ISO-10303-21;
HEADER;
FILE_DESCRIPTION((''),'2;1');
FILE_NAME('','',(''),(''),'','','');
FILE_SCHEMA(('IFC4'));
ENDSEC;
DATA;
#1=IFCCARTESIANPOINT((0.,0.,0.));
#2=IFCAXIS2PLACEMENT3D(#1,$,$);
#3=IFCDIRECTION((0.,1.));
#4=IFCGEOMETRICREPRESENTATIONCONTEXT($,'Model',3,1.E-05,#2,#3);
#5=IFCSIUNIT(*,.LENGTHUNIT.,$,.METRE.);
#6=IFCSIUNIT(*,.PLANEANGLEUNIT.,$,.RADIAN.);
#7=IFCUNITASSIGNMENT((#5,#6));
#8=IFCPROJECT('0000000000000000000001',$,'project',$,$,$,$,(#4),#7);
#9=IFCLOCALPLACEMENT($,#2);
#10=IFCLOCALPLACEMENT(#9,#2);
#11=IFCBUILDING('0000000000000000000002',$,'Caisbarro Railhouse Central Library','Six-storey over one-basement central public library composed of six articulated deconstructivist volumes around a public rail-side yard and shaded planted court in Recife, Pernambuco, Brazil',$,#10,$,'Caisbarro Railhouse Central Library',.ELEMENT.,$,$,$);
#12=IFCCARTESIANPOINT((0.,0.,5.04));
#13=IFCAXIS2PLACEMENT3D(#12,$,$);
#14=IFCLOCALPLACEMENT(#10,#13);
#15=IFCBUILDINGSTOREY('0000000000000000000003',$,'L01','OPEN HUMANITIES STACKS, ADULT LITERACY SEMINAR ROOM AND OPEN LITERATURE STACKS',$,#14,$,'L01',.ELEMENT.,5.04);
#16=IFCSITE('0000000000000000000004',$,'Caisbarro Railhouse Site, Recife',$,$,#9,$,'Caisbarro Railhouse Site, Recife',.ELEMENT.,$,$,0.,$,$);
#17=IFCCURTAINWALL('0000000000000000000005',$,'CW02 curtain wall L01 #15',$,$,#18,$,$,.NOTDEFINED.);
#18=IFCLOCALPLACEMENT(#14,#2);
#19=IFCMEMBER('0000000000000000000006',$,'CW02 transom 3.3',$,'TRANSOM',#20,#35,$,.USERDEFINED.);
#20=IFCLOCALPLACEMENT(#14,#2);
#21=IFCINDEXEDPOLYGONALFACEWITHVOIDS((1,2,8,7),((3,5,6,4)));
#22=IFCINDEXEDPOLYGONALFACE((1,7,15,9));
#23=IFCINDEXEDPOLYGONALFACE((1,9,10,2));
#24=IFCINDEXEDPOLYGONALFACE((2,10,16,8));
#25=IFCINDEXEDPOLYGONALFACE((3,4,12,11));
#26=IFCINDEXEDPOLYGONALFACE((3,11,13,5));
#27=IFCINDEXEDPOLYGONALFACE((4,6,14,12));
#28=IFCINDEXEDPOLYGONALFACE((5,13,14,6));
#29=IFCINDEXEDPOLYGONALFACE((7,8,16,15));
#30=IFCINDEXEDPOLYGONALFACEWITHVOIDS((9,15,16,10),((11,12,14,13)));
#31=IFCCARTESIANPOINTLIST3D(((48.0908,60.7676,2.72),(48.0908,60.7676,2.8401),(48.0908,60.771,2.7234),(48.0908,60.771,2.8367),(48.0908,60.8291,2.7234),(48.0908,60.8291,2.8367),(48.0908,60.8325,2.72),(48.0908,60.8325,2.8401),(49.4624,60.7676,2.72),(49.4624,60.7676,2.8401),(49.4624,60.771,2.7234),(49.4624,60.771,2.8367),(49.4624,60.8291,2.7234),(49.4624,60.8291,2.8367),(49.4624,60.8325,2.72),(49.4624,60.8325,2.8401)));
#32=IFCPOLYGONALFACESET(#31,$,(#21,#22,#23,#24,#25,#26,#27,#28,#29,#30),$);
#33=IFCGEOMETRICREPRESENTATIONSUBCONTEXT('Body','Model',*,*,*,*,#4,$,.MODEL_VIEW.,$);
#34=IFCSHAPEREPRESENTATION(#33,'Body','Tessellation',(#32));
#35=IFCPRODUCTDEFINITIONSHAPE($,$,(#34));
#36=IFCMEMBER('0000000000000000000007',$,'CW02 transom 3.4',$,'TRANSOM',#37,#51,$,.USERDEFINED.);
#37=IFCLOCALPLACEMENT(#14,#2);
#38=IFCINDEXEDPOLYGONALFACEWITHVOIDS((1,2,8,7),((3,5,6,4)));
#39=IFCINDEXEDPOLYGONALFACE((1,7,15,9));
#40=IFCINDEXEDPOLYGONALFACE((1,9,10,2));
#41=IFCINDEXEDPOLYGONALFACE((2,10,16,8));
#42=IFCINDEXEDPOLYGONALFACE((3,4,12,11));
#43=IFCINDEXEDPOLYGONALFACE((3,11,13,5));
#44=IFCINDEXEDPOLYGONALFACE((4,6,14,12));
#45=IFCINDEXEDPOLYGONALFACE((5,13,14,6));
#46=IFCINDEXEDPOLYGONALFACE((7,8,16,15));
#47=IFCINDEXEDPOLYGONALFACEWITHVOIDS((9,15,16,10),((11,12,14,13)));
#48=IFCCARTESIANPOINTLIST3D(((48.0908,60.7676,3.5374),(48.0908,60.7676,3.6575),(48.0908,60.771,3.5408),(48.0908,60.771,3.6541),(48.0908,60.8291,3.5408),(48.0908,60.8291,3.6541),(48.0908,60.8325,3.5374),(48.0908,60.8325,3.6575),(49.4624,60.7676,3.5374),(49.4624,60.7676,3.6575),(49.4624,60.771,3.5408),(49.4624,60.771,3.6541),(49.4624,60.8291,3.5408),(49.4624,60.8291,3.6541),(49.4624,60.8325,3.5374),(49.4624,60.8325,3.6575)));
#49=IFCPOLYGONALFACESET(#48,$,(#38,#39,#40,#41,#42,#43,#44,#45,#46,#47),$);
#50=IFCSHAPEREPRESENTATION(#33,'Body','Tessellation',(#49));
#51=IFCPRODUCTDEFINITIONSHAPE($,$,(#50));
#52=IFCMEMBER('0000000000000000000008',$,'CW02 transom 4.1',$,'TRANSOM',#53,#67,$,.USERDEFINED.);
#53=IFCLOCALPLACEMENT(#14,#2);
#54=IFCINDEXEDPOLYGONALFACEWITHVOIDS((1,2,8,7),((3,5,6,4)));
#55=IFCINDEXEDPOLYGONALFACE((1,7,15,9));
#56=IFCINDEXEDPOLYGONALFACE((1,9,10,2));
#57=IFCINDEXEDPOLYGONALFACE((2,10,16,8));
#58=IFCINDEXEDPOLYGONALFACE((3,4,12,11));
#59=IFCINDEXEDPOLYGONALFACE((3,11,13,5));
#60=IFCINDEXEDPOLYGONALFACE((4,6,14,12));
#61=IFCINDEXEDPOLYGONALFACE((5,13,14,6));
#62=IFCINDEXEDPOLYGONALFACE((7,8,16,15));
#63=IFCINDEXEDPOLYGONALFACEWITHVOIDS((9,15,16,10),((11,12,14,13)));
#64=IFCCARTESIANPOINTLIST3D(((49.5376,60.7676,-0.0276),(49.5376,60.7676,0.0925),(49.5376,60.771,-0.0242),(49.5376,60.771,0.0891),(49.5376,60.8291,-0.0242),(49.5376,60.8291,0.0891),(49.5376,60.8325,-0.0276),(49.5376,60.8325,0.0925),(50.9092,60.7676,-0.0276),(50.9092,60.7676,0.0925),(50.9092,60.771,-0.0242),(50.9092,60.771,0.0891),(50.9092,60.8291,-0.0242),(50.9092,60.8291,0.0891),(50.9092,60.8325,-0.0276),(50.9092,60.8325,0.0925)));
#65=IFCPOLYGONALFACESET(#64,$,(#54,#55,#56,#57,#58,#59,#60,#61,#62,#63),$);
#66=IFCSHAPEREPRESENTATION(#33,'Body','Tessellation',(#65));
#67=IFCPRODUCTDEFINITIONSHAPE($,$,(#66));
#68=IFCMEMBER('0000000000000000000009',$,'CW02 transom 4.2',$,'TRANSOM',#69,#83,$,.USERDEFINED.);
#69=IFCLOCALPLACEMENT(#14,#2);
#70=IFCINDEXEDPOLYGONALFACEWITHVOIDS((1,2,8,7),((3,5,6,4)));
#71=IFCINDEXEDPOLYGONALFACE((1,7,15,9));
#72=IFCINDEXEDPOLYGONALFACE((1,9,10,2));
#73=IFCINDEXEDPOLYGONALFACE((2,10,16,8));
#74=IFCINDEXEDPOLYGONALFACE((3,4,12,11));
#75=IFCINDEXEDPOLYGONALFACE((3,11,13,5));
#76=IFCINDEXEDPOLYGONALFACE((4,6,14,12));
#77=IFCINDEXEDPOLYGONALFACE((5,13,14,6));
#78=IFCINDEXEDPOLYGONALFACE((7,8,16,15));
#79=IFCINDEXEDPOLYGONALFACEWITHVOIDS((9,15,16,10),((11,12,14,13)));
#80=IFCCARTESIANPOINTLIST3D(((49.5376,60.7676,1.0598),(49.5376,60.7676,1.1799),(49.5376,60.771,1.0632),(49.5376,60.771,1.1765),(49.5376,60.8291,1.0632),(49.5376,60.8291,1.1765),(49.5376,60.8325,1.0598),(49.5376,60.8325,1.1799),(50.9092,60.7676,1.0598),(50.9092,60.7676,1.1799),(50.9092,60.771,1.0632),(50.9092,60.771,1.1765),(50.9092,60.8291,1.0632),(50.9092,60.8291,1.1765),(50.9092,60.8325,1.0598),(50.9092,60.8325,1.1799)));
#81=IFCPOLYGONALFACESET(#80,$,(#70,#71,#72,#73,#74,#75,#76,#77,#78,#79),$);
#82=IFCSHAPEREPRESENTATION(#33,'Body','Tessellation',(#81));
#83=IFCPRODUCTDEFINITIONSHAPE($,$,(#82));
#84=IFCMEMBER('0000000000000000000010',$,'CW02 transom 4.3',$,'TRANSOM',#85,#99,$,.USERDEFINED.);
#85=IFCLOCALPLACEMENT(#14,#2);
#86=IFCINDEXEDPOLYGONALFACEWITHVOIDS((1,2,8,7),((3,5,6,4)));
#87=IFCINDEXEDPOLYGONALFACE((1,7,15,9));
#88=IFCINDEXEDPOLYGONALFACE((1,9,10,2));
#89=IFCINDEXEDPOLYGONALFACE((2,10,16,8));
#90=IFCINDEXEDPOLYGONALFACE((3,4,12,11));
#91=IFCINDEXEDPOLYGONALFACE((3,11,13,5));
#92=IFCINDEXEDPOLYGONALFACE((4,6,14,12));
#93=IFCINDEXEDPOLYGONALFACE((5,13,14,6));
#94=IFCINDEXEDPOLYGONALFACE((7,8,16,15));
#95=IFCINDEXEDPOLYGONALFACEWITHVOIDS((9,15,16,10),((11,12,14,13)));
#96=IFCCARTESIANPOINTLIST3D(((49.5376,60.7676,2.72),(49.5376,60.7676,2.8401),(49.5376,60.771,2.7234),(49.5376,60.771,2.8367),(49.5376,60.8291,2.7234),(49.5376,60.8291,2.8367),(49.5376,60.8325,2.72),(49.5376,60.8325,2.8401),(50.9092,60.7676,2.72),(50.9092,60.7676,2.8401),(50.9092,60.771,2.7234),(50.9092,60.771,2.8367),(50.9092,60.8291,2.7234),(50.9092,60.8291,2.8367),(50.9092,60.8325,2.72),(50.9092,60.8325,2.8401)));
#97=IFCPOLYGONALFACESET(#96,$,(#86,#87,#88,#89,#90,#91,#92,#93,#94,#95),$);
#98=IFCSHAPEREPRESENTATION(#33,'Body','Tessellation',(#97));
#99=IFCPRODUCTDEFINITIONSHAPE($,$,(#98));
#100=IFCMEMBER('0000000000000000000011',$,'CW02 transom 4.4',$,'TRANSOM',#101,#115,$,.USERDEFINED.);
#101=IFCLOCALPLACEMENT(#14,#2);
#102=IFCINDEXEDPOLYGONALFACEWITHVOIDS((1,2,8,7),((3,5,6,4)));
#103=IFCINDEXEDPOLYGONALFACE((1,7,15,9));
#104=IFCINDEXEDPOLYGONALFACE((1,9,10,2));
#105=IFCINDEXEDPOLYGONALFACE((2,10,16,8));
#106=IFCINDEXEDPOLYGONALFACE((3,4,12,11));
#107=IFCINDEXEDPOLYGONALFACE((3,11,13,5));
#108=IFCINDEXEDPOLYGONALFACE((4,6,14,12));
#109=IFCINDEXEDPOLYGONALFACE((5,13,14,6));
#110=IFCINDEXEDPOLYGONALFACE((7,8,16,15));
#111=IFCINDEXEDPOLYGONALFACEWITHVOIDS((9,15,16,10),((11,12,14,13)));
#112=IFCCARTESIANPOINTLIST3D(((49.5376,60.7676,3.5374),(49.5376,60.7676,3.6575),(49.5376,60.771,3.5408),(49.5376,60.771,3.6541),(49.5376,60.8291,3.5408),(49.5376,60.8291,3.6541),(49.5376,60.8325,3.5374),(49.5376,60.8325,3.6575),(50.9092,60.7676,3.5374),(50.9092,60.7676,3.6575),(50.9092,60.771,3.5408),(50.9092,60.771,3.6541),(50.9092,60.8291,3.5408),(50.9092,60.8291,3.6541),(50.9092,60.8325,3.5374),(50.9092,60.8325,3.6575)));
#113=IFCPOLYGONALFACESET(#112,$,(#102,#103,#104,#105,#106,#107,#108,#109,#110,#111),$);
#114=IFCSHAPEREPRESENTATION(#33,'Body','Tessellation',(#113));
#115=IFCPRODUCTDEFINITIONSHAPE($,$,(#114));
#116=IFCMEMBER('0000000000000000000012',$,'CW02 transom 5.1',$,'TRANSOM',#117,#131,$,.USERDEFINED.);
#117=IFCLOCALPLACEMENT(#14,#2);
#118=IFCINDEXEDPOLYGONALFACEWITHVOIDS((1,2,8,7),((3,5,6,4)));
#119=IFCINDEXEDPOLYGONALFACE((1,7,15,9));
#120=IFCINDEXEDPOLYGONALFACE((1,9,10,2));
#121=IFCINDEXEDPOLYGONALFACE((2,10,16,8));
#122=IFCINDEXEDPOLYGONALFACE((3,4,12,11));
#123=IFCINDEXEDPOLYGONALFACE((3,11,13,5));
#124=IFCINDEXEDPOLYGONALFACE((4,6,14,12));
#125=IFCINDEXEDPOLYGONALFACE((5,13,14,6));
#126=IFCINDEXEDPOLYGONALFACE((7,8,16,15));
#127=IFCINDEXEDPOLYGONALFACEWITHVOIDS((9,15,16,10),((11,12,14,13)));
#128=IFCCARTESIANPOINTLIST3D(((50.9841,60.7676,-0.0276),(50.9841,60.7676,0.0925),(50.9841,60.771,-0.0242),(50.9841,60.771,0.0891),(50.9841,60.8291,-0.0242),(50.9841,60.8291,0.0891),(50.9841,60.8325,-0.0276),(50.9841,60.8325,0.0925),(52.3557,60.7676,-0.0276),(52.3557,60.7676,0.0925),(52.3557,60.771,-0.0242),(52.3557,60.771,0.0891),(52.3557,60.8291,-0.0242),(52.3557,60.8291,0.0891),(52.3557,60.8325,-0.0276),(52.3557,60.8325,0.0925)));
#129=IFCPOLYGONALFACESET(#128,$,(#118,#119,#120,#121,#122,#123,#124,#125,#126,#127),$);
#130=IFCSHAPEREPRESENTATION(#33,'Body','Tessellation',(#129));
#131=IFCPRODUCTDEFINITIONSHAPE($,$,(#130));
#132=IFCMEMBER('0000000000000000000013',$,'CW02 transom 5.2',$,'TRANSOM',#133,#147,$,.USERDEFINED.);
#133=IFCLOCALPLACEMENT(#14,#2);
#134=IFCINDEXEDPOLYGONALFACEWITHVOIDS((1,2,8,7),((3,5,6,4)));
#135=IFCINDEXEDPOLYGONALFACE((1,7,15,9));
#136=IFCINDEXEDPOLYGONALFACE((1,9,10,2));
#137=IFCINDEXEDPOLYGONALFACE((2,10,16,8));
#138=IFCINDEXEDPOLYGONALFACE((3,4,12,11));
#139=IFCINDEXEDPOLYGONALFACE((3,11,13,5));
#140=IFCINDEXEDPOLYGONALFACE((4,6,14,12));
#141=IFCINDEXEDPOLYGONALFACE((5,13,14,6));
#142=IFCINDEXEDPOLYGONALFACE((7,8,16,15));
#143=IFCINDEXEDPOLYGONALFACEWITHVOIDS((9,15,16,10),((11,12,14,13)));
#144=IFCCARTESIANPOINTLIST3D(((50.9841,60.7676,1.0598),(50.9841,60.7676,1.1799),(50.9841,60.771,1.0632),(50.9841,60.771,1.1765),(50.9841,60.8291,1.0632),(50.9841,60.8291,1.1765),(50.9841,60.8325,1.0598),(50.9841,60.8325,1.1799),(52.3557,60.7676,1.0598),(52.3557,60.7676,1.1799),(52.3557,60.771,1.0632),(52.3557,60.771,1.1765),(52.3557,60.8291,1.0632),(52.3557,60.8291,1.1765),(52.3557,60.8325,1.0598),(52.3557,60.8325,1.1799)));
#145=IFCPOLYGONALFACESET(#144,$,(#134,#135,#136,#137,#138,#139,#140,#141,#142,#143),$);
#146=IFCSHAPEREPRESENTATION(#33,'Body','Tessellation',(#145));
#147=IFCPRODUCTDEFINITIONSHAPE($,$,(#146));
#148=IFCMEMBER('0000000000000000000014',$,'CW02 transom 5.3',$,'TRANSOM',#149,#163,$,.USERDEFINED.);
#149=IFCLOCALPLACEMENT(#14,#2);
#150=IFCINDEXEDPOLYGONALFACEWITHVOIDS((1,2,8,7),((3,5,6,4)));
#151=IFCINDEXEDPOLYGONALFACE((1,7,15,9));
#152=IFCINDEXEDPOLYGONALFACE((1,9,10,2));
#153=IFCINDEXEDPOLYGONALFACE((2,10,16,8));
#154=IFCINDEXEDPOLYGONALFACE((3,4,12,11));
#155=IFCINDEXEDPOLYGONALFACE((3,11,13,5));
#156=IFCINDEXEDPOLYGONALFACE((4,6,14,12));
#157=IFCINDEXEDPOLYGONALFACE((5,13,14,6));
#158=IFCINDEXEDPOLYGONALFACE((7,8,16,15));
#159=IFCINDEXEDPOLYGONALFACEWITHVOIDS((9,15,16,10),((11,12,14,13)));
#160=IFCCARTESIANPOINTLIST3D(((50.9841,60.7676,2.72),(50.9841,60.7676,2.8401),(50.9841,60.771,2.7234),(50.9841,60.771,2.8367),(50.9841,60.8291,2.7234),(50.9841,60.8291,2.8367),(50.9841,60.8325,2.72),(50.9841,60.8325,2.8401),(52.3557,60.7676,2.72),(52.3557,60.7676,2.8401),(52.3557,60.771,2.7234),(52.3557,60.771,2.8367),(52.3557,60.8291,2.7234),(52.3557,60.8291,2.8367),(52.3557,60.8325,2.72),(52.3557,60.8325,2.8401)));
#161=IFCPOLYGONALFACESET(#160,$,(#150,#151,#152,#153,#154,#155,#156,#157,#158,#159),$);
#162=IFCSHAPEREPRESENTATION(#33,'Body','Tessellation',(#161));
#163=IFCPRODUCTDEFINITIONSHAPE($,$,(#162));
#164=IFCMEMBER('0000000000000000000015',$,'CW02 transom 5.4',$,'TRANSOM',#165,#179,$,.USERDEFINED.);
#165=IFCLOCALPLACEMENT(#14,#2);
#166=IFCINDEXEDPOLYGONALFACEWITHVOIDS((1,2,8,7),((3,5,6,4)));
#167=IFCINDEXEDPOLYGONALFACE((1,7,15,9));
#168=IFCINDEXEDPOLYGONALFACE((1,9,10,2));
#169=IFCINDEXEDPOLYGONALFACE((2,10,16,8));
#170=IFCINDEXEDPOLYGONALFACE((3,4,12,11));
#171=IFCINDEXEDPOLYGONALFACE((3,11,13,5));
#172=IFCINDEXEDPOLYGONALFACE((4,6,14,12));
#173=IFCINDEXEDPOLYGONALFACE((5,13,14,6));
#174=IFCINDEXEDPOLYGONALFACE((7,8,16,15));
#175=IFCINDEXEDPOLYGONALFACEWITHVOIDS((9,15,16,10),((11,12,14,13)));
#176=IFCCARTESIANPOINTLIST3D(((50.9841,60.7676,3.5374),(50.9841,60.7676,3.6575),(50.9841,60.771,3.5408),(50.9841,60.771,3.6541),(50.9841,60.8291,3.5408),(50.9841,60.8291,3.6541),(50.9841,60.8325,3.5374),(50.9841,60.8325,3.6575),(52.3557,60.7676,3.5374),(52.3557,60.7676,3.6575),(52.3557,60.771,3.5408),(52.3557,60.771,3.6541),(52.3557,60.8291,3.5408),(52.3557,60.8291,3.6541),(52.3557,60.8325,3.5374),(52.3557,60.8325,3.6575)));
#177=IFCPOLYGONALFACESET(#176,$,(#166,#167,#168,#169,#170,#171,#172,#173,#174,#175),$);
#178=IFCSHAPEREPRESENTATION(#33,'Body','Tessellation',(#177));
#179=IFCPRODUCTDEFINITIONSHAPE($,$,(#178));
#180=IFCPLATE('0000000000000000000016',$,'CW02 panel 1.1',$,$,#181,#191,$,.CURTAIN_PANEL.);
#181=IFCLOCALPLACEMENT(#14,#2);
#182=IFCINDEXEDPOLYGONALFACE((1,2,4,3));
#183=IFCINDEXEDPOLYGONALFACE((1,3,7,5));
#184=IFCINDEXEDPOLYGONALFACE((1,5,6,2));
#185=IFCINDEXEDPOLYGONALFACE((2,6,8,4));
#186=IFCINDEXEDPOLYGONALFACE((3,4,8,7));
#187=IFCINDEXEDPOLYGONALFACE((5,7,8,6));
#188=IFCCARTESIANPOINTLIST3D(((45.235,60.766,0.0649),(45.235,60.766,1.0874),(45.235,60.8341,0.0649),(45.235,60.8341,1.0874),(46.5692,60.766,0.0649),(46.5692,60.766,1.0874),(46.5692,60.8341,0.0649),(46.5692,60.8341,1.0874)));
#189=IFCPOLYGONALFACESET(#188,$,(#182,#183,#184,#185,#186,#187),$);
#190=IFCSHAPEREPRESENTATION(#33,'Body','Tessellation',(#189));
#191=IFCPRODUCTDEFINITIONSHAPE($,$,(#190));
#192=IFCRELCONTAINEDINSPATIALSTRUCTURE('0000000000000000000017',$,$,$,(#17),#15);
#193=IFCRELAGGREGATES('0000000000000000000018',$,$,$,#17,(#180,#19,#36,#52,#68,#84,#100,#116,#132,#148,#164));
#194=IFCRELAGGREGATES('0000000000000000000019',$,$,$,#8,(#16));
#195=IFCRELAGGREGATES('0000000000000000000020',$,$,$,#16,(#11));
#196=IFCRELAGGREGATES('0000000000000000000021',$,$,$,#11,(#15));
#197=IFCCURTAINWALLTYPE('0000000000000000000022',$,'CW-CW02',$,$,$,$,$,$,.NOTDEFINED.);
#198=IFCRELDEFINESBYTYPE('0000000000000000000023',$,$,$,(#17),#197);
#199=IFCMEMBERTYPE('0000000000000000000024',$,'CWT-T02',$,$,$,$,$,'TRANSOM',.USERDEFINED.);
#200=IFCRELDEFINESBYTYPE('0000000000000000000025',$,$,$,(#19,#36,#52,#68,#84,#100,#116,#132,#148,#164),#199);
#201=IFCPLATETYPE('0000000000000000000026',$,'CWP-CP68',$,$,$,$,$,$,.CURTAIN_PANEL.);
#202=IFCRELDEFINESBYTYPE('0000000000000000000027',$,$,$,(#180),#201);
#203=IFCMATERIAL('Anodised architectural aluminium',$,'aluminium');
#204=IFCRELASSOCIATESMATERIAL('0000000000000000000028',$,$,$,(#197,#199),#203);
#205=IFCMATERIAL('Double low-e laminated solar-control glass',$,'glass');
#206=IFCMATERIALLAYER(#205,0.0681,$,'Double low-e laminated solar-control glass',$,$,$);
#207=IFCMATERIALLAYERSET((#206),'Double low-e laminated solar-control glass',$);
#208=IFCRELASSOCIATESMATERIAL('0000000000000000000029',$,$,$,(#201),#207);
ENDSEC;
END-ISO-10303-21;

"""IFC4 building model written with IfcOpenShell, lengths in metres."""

from ifc_helpers import new_model, si_unit, direction, frame, origin, origin_2d, place, context, subcontext, project, spatial, rectangle, hollow_rectangle, extrude, material, layer, layer_set, material_profile, profile_set, type_object, element, aggregate, save


model = new_model("IFC4")

# Units and contexts
model_context = context("Model", 3, precision=1e-05, world=origin(), true_north=direction((0.0, 1.0)))
body_context = subcontext(model_context, "Body", "Model", "MODEL_VIEW")
ifc_project = project(units=[si_unit("LENGTHUNIT", "METRE"), si_unit("PLANEANGLEUNIT", "RADIAN")], contexts=[model_context])

# Site, building, storey
site_placement = place(None, origin())
site = spatial("IfcSite", under=ifc_project, at=site_placement, Name="Caisbarro Railhouse Site, Recife", LongName="Caisbarro Railhouse Site, Recife", CompositionType="ELEMENT", RefElevation=0.0)
building_placement = place(site_placement, origin())
building = spatial("IfcBuilding", under=site, at=building_placement, Name="Caisbarro Railhouse Central Library", Description="Six-storey over one-basement central public library composed of six articulated deconstructivist volumes around a public rail-side yard and shaded planted court in Recife, Pernambuco, Brazil", LongName="Caisbarro Railhouse Central Library", CompositionType="ELEMENT")
storey_placement = place(building_placement, frame((0.0, 0.0, 5.04)))
storey = spatial("IfcBuildingStorey", under=building, at=storey_placement, Name="L01", Description="OPEN HUMANITIES STACKS, ADULT LITERACY SEMINAR ROOM AND OPEN LITERATURE STACKS", LongName="L01", CompositionType="ELEMENT", Elevation=5.04)

# Curtain wall, members, plate
ifc_material_1 = material(Name="Anodised architectural aluminium", Category="aluminium")
curtain_wall_type = type_object("IfcCurtainWallType", Name="CW-CW02", PredefinedType="NOTDEFINED", material=ifc_material_1)
curtain_wall_placement = place(storey_placement, origin())
curtain_wall = element("IfcCurtainWall", 1, at=curtain_wall_placement, inside=storey, type_object=curtain_wall_type, Name="CW02 curtain wall L01 #15", PredefinedType="NOTDEFINED")
ifc_material_profile_1 = material_profile(ifc_material_1, hollow_rectangle(XDim=0.0649, YDim=0.1201, WallThickness=0.0034, at=origin_2d()), Name="ALU-TRN-65X120")
ifc_profile_set_1 = profile_set([ifc_material_profile_1], Name="Anodised architectural aluminium")
member_type_1 = type_object("IfcMemberType", Name="CWT-T02", ElementType="TRANSOM", PredefinedType="USERDEFINED", material=ifc_profile_set_1)
member_1_placement = place(storey_placement, frame((48.0908, 60.8, 2.78), z_axis=(1.0, 0.0, 0.0), x_axis=(0.0, 1.0, 0.0)))
member_1 = element("IfcMember", 2, at=member_1_placement, type_object=member_type_1, Name="CW02 transom 3.3", ObjectType="TRANSOM", PredefinedType="USERDEFINED", context=body_context, shape_type="SweptSolid", body=[
    extrude(hollow_rectangle(XDim=0.0649, YDim=0.1201, WallThickness=0.0034, at=origin_2d()), origin(), (0.0, 0.0, 1.0), 1.3716),
])
member_2_placement = place(storey_placement, frame((48.0908, 60.8, 3.5974), z_axis=(1.0, 0.0, 0.0), x_axis=(0.0, 1.0, 0.0)))
member_2 = element("IfcMember", 3, at=member_2_placement, type_object=member_type_1, Name="CW02 transom 3.4", ObjectType="TRANSOM", PredefinedType="USERDEFINED", context=body_context, shape_type="SweptSolid", body=[
    extrude(hollow_rectangle(XDim=0.0649, YDim=0.1201, WallThickness=0.0034, at=origin_2d()), origin(), (0.0, 0.0, 1.0), 1.3716),
])
member_3_placement = place(storey_placement, frame((49.5376, 60.8, 0.0325), z_axis=(1.0, 0.0, 0.0), x_axis=(0.0, 1.0, 0.0)))
member_3 = element("IfcMember", 4, at=member_3_placement, type_object=member_type_1, Name="CW02 transom 4.1", ObjectType="TRANSOM", PredefinedType="USERDEFINED", context=body_context, shape_type="SweptSolid", body=[
    extrude(hollow_rectangle(XDim=0.0649, YDim=0.1201, WallThickness=0.0034, at=origin_2d()), origin(), (0.0, 0.0, 1.0), 1.3716),
])
member_4_placement = place(storey_placement, frame((49.5376, 60.8, 1.1199), z_axis=(1.0, 0.0, 0.0), x_axis=(0.0, 1.0, 0.0)))
member_4 = element("IfcMember", 5, at=member_4_placement, type_object=member_type_1, Name="CW02 transom 4.2", ObjectType="TRANSOM", PredefinedType="USERDEFINED", context=body_context, shape_type="SweptSolid", body=[
    extrude(hollow_rectangle(XDim=0.0649, YDim=0.1201, WallThickness=0.0034, at=origin_2d()), origin(), (0.0, 0.0, 1.0), 1.3716),
])
member_5_placement = place(storey_placement, frame((49.5376, 60.8, 2.78), z_axis=(1.0, 0.0, 0.0), x_axis=(0.0, 1.0, 0.0)))
member_5 = element("IfcMember", 6, at=member_5_placement, type_object=member_type_1, Name="CW02 transom 4.3", ObjectType="TRANSOM", PredefinedType="USERDEFINED", context=body_context, shape_type="SweptSolid", body=[
    extrude(hollow_rectangle(XDim=0.0649, YDim=0.1201, WallThickness=0.0034, at=origin_2d()), origin(), (0.0, 0.0, 1.0), 1.3716),
])
member_6_placement = place(storey_placement, frame((49.5376, 60.8, 3.5974), z_axis=(1.0, 0.0, 0.0), x_axis=(0.0, 1.0, 0.0)))
member_6 = element("IfcMember", 7, at=member_6_placement, type_object=member_type_1, Name="CW02 transom 4.4", ObjectType="TRANSOM", PredefinedType="USERDEFINED", context=body_context, shape_type="SweptSolid", body=[
    extrude(hollow_rectangle(XDim=0.0649, YDim=0.1201, WallThickness=0.0034, at=origin_2d()), origin(), (0.0, 0.0, 1.0), 1.3716),
])
member_7_placement = place(storey_placement, frame((50.9841, 60.8, 0.0325), z_axis=(1.0, 0.0, 0.0), x_axis=(0.0, 1.0, 0.0)))
member_7 = element("IfcMember", 8, at=member_7_placement, type_object=member_type_1, Name="CW02 transom 5.1", ObjectType="TRANSOM", PredefinedType="USERDEFINED", context=body_context, shape_type="SweptSolid", body=[
    extrude(hollow_rectangle(XDim=0.0649, YDim=0.1201, WallThickness=0.0034, at=origin_2d()), origin(), (0.0, 0.0, 1.0), 1.3716),
])
member_8_placement = place(storey_placement, frame((50.9841, 60.8, 1.1199), z_axis=(1.0, 0.0, 0.0), x_axis=(0.0, 1.0, 0.0)))
member_8 = element("IfcMember", 9, at=member_8_placement, type_object=member_type_1, Name="CW02 transom 5.2", ObjectType="TRANSOM", PredefinedType="USERDEFINED", context=body_context, shape_type="SweptSolid", body=[
    extrude(hollow_rectangle(XDim=0.0649, YDim=0.1201, WallThickness=0.0034, at=origin_2d()), origin(), (0.0, 0.0, 1.0), 1.3716),
])
member_9_placement = place(storey_placement, frame((50.9841, 60.8, 2.78), z_axis=(1.0, 0.0, 0.0), x_axis=(0.0, 1.0, 0.0)))
member_9 = element("IfcMember", 10, at=member_9_placement, type_object=member_type_1, Name="CW02 transom 5.3", ObjectType="TRANSOM", PredefinedType="USERDEFINED", context=body_context, shape_type="SweptSolid", body=[
    extrude(hollow_rectangle(XDim=0.0649, YDim=0.1201, WallThickness=0.0034, at=origin_2d()), origin(), (0.0, 0.0, 1.0), 1.3716),
])
member_10_placement = place(storey_placement, frame((50.9841, 60.8, 3.5974), z_axis=(1.0, 0.0, 0.0), x_axis=(0.0, 1.0, 0.0)))
member_10 = element("IfcMember", 11, at=member_10_placement, type_object=member_type_1, Name="CW02 transom 5.4", ObjectType="TRANSOM", PredefinedType="USERDEFINED", context=body_context, shape_type="SweptSolid", body=[
    extrude(hollow_rectangle(XDim=0.0649, YDim=0.1201, WallThickness=0.0034, at=origin_2d()), origin(), (0.0, 0.0, 1.0), 1.3716),
])
ifc_material_2 = material(Name="Double low-e laminated solar-control glass", Category="glass")
ifc_layer = layer(ifc_material_2, 0.0681, Name="Double low-e laminated solar-control glass")
ifc_layer_set = layer_set([ifc_layer], Name="Double low-e laminated solar-control glass")
plate_type = type_object("IfcPlateType", Name="CWP-CP68", PredefinedType="CURTAIN_PANEL", material=ifc_layer_set)
plate_1_placement = place(storey_placement, frame((45.9021, 60.8, 0.0649), z_axis=(0.0, 0.0, 1.0), x_axis=(1.0, 0.0, 0.0)))
plate_1 = element("IfcPlate", 12, at=plate_1_placement, type_object=plate_type, Name="CW02 panel 1.1", PredefinedType="CURTAIN_PANEL", context=body_context, shape_type="SweptSolid", body=[
    extrude(rectangle(XDim=1.3342, YDim=0.0681, at=origin_2d()), origin(), (0.0, 0.0, 1.0), 1.0225),
])
aggregate(curtain_wall, [plate_1, member_1, member_2, member_3, member_4, member_5, member_6, member_7, member_8, member_9, member_10])

save(model, "model.ifc")
